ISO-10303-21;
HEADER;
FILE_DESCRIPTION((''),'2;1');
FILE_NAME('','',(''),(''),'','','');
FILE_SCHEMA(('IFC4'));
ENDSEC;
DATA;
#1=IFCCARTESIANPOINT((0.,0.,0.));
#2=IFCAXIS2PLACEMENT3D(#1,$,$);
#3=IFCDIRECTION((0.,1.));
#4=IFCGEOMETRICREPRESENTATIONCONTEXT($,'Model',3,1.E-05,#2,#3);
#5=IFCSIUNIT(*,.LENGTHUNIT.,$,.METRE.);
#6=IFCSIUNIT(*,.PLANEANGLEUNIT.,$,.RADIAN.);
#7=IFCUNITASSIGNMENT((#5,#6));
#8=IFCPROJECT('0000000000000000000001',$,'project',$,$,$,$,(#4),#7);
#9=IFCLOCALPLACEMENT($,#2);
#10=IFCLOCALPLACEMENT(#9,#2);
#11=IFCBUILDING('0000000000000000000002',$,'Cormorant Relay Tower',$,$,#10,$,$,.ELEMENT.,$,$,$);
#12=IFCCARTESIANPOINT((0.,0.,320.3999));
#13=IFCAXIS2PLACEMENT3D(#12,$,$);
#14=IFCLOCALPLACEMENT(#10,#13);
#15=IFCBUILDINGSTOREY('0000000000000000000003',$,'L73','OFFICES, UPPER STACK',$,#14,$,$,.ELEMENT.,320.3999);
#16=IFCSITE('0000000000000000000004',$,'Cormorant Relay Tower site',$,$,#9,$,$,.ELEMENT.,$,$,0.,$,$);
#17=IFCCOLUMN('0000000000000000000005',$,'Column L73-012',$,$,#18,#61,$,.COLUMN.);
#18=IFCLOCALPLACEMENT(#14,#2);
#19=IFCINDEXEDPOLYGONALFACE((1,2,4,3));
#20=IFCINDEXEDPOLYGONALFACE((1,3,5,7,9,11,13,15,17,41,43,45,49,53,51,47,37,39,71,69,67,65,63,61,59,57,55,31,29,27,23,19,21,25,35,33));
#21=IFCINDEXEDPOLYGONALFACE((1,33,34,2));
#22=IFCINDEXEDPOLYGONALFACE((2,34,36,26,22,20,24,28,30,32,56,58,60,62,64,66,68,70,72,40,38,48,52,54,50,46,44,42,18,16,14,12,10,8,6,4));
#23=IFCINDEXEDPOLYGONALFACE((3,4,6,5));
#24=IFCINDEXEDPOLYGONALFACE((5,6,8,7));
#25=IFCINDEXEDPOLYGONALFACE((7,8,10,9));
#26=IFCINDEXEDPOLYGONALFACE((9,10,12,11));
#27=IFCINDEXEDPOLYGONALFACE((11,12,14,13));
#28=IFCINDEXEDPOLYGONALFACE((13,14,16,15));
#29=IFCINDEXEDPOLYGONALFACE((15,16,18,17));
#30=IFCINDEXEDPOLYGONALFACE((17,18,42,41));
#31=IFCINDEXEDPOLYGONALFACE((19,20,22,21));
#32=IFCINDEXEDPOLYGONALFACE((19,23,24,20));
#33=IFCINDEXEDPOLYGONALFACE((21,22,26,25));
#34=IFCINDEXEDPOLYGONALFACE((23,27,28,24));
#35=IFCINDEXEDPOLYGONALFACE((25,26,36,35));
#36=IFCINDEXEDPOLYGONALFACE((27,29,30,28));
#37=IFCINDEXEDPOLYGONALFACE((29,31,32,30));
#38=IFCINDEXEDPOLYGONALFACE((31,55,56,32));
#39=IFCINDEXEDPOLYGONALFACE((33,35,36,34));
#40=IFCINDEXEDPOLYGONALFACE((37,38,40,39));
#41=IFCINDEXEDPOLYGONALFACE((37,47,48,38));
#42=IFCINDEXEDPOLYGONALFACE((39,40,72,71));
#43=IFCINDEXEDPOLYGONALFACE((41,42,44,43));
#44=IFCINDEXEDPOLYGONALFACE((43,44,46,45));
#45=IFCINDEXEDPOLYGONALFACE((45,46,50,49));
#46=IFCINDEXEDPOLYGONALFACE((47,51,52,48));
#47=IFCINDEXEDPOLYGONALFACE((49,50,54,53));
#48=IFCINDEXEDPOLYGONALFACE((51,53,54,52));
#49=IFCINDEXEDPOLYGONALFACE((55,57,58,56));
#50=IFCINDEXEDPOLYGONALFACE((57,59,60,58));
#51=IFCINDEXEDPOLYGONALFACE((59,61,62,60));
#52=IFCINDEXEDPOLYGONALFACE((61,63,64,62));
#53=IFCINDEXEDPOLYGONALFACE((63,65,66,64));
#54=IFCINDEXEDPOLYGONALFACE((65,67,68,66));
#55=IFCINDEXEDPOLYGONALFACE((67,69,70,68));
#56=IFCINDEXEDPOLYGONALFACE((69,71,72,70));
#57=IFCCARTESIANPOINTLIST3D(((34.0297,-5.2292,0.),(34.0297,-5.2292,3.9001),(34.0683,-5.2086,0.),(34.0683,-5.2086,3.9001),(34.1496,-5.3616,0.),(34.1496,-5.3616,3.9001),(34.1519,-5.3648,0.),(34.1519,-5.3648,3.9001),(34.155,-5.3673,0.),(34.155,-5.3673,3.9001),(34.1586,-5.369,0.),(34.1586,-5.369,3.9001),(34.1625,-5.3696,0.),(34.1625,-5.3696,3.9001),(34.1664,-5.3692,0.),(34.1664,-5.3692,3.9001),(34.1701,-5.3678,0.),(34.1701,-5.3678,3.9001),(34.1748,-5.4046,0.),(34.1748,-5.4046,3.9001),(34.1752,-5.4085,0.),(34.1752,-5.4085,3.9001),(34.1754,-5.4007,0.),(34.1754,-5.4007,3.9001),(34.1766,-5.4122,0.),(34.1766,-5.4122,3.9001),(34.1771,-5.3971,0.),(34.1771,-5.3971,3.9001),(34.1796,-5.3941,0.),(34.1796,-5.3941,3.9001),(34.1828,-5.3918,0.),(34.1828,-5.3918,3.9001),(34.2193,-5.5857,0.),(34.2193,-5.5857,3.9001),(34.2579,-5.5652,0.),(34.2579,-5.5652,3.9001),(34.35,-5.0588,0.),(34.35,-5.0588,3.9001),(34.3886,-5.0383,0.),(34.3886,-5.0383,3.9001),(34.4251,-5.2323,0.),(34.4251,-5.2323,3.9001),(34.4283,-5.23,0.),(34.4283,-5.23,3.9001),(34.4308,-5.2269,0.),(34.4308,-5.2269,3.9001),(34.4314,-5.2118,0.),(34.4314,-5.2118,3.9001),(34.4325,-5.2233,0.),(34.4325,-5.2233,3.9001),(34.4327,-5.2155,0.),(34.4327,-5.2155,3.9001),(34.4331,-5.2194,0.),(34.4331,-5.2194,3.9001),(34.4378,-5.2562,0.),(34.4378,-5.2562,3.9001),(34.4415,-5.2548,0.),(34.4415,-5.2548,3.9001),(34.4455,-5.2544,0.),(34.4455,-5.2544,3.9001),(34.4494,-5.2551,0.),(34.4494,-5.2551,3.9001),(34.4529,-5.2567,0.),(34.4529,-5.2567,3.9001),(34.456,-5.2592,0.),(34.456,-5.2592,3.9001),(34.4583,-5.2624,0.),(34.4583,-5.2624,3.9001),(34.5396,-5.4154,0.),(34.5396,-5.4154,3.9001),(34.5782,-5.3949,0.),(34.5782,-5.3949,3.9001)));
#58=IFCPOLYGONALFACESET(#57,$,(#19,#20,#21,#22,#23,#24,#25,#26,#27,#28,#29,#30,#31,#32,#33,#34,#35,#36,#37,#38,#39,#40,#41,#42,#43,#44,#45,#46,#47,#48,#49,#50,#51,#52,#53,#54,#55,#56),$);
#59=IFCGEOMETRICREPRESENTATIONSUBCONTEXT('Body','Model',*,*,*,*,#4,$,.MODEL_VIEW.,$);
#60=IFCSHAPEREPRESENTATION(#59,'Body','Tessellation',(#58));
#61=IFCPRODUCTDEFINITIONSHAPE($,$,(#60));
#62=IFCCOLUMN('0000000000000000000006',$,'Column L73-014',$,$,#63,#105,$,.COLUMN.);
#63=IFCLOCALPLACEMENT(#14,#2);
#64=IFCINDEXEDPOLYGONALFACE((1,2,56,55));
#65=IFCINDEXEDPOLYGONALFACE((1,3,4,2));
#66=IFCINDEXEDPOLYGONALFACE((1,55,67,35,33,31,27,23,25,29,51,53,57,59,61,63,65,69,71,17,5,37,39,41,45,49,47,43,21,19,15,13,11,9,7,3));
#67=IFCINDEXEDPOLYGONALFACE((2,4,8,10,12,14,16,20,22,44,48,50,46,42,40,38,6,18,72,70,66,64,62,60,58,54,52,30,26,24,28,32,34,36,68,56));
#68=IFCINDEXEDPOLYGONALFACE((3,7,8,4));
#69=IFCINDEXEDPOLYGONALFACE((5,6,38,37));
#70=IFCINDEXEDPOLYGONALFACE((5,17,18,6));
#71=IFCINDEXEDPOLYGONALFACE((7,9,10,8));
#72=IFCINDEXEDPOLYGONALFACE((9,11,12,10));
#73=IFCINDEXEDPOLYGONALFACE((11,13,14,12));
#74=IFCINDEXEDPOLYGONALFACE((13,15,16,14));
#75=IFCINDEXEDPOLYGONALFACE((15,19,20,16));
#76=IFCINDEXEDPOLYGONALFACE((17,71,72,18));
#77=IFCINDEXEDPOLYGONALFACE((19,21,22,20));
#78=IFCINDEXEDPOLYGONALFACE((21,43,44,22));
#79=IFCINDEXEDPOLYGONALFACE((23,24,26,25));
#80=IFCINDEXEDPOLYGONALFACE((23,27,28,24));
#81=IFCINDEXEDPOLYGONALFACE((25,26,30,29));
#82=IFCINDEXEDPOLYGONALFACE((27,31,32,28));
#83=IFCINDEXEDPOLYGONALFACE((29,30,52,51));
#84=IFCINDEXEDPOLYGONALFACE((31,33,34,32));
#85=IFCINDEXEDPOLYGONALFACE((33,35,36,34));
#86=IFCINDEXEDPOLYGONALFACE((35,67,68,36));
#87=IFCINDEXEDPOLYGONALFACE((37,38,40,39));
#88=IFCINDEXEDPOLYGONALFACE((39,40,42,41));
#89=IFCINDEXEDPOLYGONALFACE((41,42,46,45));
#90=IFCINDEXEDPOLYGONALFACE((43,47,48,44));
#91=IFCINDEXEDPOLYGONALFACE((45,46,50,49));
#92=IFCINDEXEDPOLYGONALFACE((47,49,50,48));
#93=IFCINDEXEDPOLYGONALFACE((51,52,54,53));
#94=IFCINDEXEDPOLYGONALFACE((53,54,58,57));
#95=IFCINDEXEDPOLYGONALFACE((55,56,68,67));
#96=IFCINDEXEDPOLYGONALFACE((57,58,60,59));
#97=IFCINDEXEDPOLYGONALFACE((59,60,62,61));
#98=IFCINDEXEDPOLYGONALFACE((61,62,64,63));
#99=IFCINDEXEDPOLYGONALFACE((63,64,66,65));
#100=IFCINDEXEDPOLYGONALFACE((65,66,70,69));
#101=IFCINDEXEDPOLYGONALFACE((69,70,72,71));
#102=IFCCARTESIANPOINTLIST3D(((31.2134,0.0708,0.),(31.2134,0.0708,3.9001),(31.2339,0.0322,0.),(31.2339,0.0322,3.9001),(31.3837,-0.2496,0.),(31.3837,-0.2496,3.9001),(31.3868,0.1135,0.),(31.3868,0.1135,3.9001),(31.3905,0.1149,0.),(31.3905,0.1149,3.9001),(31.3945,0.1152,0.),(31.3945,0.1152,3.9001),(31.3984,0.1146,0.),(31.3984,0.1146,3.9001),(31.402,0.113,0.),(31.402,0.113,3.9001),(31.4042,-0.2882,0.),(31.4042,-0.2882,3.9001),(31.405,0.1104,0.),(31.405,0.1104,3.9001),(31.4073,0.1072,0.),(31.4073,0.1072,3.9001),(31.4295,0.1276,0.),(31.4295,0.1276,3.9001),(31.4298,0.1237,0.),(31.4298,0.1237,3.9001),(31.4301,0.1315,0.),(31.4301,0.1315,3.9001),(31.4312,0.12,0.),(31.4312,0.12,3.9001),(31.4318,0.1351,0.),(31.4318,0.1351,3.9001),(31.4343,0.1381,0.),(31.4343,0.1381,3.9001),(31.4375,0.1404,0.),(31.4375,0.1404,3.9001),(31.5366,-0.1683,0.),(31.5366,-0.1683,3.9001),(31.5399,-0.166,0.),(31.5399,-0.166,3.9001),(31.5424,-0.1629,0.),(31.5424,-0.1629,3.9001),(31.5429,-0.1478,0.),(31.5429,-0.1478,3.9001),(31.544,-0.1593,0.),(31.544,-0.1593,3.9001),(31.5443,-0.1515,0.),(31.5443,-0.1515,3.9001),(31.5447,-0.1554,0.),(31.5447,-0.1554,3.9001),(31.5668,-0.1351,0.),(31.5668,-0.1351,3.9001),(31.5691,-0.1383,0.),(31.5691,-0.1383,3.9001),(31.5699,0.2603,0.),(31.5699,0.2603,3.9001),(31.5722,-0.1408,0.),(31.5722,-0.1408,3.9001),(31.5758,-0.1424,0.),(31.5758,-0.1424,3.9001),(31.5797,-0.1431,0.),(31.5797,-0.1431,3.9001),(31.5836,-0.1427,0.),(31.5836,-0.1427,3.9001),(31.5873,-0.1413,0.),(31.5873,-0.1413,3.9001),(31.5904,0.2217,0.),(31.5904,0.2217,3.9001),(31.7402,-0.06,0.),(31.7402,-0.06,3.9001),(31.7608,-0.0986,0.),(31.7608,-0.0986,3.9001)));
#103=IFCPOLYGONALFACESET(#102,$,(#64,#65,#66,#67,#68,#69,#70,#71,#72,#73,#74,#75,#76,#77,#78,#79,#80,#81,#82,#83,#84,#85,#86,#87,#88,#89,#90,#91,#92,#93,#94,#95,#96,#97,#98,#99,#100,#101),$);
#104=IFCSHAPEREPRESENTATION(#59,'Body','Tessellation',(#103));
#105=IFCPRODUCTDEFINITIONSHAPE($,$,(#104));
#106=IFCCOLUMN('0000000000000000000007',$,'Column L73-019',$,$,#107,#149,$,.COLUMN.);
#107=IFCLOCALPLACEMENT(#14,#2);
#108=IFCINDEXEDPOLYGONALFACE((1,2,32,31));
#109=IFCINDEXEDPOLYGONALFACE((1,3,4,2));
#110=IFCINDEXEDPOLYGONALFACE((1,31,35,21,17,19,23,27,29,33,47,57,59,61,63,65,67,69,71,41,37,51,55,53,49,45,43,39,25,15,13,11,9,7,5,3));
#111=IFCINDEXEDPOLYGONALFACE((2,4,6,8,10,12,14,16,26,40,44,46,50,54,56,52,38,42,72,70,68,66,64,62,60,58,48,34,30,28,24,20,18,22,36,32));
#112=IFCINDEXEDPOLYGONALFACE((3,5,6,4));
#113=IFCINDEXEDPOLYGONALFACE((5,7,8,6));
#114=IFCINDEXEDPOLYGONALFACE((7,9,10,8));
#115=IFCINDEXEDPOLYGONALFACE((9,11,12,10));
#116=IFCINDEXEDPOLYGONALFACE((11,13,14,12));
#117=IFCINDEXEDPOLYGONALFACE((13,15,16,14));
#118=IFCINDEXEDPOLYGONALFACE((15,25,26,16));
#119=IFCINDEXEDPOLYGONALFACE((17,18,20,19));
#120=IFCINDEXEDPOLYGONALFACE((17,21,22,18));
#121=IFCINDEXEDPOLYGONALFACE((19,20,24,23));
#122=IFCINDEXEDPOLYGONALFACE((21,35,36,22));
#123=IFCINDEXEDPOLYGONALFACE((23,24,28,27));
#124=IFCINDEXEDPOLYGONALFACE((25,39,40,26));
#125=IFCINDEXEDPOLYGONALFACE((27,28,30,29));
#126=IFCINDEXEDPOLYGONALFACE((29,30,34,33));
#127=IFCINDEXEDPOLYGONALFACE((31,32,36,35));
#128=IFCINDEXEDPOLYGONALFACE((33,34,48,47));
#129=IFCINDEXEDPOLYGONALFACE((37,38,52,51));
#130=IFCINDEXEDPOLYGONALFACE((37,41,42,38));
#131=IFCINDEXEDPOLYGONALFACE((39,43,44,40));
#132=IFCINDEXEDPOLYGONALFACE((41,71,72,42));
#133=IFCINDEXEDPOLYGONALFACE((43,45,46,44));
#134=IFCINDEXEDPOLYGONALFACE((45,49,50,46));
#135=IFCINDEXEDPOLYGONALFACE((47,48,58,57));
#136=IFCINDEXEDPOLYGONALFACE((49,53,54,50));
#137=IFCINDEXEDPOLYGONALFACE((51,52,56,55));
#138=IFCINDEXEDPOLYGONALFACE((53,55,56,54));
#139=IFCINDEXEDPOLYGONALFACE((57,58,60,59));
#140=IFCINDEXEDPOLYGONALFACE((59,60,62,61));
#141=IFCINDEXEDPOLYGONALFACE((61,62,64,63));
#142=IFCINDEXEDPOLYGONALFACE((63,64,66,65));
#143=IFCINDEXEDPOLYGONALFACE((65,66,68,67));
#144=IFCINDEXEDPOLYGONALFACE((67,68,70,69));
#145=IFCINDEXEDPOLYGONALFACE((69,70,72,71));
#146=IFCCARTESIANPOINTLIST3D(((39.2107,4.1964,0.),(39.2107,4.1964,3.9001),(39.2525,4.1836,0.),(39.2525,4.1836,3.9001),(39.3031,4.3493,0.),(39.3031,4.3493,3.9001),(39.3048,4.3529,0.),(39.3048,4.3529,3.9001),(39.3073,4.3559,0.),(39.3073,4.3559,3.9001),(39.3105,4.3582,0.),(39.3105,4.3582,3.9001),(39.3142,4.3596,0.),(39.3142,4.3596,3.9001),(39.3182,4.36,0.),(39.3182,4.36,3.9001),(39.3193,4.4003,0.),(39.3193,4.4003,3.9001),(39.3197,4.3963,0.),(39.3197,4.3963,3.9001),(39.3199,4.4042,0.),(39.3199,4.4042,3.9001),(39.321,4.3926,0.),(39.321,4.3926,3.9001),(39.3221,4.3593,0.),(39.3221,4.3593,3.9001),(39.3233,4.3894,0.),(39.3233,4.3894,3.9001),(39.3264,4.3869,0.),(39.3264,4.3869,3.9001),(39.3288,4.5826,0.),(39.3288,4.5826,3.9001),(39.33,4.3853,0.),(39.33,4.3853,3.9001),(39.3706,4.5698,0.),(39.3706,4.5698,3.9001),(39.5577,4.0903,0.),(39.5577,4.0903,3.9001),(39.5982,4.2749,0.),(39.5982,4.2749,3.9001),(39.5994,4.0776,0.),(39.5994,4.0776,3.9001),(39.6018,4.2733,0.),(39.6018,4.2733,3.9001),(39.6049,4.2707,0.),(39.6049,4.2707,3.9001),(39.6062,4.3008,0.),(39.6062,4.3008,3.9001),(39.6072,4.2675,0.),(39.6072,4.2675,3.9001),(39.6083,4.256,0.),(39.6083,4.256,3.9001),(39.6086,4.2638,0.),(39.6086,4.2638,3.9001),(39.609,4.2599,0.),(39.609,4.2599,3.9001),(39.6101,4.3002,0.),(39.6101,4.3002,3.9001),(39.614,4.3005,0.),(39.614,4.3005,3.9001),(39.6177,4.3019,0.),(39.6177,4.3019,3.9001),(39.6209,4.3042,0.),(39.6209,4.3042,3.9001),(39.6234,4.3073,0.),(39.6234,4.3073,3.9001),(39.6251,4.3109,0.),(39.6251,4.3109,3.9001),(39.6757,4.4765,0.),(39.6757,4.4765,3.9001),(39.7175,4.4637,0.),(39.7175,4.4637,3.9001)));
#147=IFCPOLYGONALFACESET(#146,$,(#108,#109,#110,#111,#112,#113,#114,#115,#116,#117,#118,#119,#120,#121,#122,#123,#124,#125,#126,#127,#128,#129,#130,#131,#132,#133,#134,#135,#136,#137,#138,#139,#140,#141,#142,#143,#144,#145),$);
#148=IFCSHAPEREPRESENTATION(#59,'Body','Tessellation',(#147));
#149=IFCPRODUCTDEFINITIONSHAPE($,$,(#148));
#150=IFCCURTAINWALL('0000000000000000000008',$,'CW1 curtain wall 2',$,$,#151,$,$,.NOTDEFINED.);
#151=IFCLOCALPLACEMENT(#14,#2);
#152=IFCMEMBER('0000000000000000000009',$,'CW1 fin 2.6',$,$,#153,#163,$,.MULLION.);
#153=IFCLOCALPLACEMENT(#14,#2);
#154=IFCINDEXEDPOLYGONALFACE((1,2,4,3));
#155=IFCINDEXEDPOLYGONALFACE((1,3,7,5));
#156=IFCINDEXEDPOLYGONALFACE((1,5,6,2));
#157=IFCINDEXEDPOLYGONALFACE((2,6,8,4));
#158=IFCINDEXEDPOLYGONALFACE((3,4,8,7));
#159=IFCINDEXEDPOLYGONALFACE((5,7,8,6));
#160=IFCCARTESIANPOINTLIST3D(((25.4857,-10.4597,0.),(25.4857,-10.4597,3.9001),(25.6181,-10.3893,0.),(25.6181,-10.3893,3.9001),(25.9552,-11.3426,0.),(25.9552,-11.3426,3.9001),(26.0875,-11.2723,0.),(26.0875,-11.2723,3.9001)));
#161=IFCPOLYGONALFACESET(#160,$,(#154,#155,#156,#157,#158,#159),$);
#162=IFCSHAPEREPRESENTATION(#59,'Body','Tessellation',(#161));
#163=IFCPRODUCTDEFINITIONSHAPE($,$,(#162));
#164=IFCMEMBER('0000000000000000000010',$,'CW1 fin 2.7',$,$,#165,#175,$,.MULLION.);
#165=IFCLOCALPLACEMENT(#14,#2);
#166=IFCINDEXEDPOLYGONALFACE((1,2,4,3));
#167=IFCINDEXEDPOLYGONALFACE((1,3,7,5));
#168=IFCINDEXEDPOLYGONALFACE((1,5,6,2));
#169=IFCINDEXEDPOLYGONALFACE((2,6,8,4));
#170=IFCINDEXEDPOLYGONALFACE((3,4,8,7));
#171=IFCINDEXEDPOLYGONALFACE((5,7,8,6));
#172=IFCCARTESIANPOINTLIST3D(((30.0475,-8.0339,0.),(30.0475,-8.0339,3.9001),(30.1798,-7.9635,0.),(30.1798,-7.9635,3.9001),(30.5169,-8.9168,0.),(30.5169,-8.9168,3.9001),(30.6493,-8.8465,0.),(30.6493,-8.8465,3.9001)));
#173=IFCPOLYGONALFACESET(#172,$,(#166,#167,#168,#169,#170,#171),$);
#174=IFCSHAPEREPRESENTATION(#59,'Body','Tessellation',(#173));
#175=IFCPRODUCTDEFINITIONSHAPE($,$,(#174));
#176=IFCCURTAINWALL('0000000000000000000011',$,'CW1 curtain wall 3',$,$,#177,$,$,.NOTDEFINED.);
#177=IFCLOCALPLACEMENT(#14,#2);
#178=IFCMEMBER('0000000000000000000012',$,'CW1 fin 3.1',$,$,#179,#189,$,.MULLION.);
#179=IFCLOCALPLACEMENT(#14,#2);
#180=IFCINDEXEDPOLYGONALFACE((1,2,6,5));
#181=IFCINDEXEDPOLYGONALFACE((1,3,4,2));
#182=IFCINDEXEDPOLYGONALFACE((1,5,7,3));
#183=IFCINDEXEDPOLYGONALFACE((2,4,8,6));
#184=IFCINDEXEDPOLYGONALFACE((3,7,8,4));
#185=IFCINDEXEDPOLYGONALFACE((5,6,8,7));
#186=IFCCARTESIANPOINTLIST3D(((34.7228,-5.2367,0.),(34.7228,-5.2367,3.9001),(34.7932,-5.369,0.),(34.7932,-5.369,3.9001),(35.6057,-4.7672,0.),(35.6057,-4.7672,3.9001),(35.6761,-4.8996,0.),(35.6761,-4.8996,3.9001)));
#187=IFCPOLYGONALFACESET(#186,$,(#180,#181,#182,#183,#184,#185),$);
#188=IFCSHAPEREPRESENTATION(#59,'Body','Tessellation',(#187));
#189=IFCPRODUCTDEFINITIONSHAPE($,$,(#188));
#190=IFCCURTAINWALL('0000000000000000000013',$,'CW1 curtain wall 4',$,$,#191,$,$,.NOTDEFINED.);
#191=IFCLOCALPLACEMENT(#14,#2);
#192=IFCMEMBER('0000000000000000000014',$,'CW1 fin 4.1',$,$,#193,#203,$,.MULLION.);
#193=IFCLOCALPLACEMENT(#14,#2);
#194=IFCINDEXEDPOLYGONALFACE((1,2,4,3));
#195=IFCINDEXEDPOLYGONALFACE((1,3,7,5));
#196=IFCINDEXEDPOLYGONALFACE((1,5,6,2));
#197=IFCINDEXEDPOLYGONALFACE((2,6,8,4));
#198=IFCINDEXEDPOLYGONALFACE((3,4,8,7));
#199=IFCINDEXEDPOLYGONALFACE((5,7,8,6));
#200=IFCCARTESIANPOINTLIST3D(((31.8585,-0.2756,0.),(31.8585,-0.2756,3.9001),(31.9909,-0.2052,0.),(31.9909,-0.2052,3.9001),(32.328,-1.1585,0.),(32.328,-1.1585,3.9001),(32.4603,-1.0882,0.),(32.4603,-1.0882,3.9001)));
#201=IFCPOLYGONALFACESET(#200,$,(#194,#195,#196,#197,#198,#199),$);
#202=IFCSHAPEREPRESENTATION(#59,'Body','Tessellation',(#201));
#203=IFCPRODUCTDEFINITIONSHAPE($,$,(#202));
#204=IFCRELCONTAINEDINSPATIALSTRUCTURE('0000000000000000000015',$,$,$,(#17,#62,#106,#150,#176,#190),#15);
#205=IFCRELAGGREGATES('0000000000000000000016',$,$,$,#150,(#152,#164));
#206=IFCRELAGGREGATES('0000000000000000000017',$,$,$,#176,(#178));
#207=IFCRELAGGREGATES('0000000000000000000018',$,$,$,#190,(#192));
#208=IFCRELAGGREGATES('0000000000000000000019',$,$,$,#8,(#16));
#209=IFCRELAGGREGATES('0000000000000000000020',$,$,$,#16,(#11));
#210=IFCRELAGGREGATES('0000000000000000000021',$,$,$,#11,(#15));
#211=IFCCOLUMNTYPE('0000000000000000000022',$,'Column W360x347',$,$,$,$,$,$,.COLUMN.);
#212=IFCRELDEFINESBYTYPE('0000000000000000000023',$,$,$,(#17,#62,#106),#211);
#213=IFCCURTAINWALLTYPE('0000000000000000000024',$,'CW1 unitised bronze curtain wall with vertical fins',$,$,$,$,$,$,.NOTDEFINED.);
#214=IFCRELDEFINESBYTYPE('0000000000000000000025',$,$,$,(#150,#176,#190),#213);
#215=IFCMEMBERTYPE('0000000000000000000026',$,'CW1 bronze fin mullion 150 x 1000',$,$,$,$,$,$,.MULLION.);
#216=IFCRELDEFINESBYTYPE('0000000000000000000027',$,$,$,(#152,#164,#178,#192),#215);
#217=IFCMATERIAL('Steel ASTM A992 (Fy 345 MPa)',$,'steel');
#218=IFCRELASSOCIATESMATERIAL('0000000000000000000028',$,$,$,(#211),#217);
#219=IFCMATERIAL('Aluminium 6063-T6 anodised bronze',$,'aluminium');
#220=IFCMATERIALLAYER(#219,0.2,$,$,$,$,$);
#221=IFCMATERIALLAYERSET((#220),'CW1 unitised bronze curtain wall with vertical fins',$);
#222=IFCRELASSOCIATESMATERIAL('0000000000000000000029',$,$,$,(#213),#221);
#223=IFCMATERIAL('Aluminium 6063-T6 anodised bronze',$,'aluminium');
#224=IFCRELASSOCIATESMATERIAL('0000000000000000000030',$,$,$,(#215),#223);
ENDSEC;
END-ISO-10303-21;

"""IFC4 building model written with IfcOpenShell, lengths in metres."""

from ifc_helpers import new_model, si_unit, direction, frame, origin, origin_2d, place, context, subcontext, project, spatial, rectangle, i_section, extrude, material, layer, layer_set, material_profile, profile_set, type_object, element, aggregate, save


model = new_model("IFC4")

# Units and contexts
model_context = context("Model", 3, precision=1e-05, world=origin(), true_north=direction((0.0, 1.0)))
body_context = subcontext(model_context, "Body", "Model", "MODEL_VIEW")
ifc_project = project(units=[si_unit("LENGTHUNIT", "METRE"), si_unit("PLANEANGLEUNIT", "RADIAN")], contexts=[model_context])

# Site, building, storey
site_placement = place(None, origin())
site = spatial("IfcSite", under=ifc_project, at=site_placement, Name="Cormorant Relay Tower site", CompositionType="ELEMENT", RefElevation=0.0)
building_placement = place(site_placement, origin())
building = spatial("IfcBuilding", under=site, at=building_placement, Name="Cormorant Relay Tower", CompositionType="ELEMENT")
storey_placement = place(building_placement, frame((0.0, 0.0, 320.3999)))
storey = spatial("IfcBuildingStorey", under=building, at=storey_placement, Name="L73", Description="OFFICES, UPPER STACK", CompositionType="ELEMENT", Elevation=320.3999)

# Columns
ifc_material_1 = material(Name="Steel ASTM A992 (Fy 345 MPa)", Category="steel")
ifc_material_profile_1 = material_profile(ifc_material_1, i_section(OverallWidth=0.4038, OverallDepth=0.4065, WebThickness=0.0271, FlangeThickness=0.0437, FilletRadius=0.0151, at=origin_2d()), Name="W360x347")
ifc_profile_set_1 = profile_set([ifc_material_profile_1], Name="Steel ASTM A992 (Fy 345 MPa)")
column_type = type_object("IfcColumnType", Name="Column W360x347", PredefinedType="COLUMN", material=ifc_profile_set_1)
for number, where, z_axis, x_axis, name in (
    (1, (34.304, -5.312, 0.0), (0.0, 0.0, 1.0), (-0.469472, 0.882948, 0.0), "Column L73-012"),
    (2, (31.4871, -0.0139, 0.0), (0.0, 0.0, 1.0), (0.882948, 0.469472, 0.0), "Column L73-014"),
    (3, (39.4641, 4.3301, 0.0), (0.0, 0.0, 1.0), (0.292372, 0.956305, 0.0), "Column L73-019"),
):
    element("IfcColumn", number, at=place(storey_placement, frame(where, z_axis=z_axis, x_axis=x_axis)), inside=storey, type_object=column_type, Name=name, PredefinedType="COLUMN", context=body_context, shape_type="SweptSolid", body=[
        extrude(i_section(OverallWidth=0.4038, OverallDepth=0.4065, WebThickness=0.0271, FlangeThickness=0.0437, FilletRadius=0.0151, at=origin_2d()), origin(), (0.0, 0.0, 1.0), 3.9001),
    ])

# Curtain wall, members
ifc_material_2 = material(Name="Aluminium 6063-T6 anodised bronze", Category="aluminium")
ifc_layer_1 = layer(ifc_material_2, 0.2)
ifc_layer_set_1 = layer_set([ifc_layer_1], Name="CW1 unitised bronze curtain wall with vertical fins")
curtain_wall_type = type_object("IfcCurtainWallType", Name="CW1 unitised bronze curtain wall with vertical fins", PredefinedType="NOTDEFINED", material=ifc_layer_set_1)
curtain_wall_1_placement = place(storey_placement, origin())
curtain_wall_1 = element("IfcCurtainWall", 4, at=curtain_wall_1_placement, inside=storey, type_object=curtain_wall_type, Name="CW1 curtain wall 2", PredefinedType="NOTDEFINED")
ifc_material_3 = material(Name="Aluminium 6063-T6 anodised bronze", Category="aluminium")
ifc_material_profile_2 = material_profile(ifc_material_3, rectangle(XDim=0.1499, YDim=1.0, at=origin_2d()), Name="AL 150x1000")
ifc_profile_set_2 = profile_set([ifc_material_profile_2], Name="Aluminium 6063-T6 anodised bronze")
member_type_1 = type_object("IfcMemberType", Name="CW1 bronze fin mullion 150 x 1000", PredefinedType="MULLION", material=ifc_profile_set_2)
member_1_placement = place(storey_placement, frame((25.7866, -10.866, 0.0), z_axis=(0.0, 0.0, 1.0), x_axis=(0.882948, 0.469472, 0.0)))
member_1 = element("IfcMember", 5, at=member_1_placement, type_object=member_type_1, Name="CW1 fin 2.6", PredefinedType="MULLION", context=body_context, shape_type="SweptSolid", body=[
    extrude(rectangle(XDim=0.1499, YDim=1.0, at=origin_2d()), origin(), (0.0, 0.0, 1.0), 3.9001),
])
member_2_placement = place(storey_placement, frame((30.3484, -8.4402, 0.0), z_axis=(0.0, 0.0, 1.0), x_axis=(0.882948, 0.469472, 0.0)))
member_2 = element("IfcMember", 6, at=member_2_placement, type_object=member_type_1, Name="CW1 fin 2.7", PredefinedType="MULLION", context=body_context, shape_type="SweptSolid", body=[
    extrude(rectangle(XDim=0.1499, YDim=1.0, at=origin_2d()), origin(), (0.0, 0.0, 1.0), 3.9001),
])

# Curtain wall, member
curtain_wall_2_placement = place(storey_placement, origin())
curtain_wall_2 = element("IfcCurtainWall", 7, at=curtain_wall_2_placement, inside=storey, type_object=curtain_wall_type, Name="CW1 curtain wall 3", PredefinedType="NOTDEFINED")
member_3_placement = place(storey_placement, frame((35.1995, -5.0681, 0.0), z_axis=(0.0, 0.0, 1.0), x_axis=(-0.469472, 0.882948, 0.0)))
member_3 = element("IfcMember", 8, at=member_3_placement, type_object=member_type_1, Name="CW1 fin 3.1", PredefinedType="MULLION", context=body_context, shape_type="SweptSolid", body=[
    extrude(rectangle(XDim=0.1499, YDim=1.0, at=origin_2d()), origin(), (0.0, 0.0, 1.0), 3.9001),
])

# Curtain wall, member
curtain_wall_3_placement = place(storey_placement, origin())
curtain_wall_3 = element("IfcCurtainWall", 9, at=curtain_wall_3_placement, inside=storey, type_object=curtain_wall_type, Name="CW1 curtain wall 4", PredefinedType="NOTDEFINED")
member_4_placement = place(storey_placement, frame((32.1594, -0.6819, 0.0), z_axis=(0.0, 0.0, 1.0), x_axis=(0.882948, 0.469472, 0.0)))
member_4 = element("IfcMember", 10, at=member_4_placement, type_object=member_type_1, Name="CW1 fin 4.1", PredefinedType="MULLION", context=body_context, shape_type="SweptSolid", body=[
    extrude(rectangle(XDim=0.1499, YDim=1.0, at=origin_2d()), origin(), (0.0, 0.0, 1.0), 3.9001),
])

aggregate(curtain_wall_1, [member_1, member_2])
aggregate(curtain_wall_2, [member_3])
aggregate(curtain_wall_3, [member_4])

save(model, "model.ifc")
